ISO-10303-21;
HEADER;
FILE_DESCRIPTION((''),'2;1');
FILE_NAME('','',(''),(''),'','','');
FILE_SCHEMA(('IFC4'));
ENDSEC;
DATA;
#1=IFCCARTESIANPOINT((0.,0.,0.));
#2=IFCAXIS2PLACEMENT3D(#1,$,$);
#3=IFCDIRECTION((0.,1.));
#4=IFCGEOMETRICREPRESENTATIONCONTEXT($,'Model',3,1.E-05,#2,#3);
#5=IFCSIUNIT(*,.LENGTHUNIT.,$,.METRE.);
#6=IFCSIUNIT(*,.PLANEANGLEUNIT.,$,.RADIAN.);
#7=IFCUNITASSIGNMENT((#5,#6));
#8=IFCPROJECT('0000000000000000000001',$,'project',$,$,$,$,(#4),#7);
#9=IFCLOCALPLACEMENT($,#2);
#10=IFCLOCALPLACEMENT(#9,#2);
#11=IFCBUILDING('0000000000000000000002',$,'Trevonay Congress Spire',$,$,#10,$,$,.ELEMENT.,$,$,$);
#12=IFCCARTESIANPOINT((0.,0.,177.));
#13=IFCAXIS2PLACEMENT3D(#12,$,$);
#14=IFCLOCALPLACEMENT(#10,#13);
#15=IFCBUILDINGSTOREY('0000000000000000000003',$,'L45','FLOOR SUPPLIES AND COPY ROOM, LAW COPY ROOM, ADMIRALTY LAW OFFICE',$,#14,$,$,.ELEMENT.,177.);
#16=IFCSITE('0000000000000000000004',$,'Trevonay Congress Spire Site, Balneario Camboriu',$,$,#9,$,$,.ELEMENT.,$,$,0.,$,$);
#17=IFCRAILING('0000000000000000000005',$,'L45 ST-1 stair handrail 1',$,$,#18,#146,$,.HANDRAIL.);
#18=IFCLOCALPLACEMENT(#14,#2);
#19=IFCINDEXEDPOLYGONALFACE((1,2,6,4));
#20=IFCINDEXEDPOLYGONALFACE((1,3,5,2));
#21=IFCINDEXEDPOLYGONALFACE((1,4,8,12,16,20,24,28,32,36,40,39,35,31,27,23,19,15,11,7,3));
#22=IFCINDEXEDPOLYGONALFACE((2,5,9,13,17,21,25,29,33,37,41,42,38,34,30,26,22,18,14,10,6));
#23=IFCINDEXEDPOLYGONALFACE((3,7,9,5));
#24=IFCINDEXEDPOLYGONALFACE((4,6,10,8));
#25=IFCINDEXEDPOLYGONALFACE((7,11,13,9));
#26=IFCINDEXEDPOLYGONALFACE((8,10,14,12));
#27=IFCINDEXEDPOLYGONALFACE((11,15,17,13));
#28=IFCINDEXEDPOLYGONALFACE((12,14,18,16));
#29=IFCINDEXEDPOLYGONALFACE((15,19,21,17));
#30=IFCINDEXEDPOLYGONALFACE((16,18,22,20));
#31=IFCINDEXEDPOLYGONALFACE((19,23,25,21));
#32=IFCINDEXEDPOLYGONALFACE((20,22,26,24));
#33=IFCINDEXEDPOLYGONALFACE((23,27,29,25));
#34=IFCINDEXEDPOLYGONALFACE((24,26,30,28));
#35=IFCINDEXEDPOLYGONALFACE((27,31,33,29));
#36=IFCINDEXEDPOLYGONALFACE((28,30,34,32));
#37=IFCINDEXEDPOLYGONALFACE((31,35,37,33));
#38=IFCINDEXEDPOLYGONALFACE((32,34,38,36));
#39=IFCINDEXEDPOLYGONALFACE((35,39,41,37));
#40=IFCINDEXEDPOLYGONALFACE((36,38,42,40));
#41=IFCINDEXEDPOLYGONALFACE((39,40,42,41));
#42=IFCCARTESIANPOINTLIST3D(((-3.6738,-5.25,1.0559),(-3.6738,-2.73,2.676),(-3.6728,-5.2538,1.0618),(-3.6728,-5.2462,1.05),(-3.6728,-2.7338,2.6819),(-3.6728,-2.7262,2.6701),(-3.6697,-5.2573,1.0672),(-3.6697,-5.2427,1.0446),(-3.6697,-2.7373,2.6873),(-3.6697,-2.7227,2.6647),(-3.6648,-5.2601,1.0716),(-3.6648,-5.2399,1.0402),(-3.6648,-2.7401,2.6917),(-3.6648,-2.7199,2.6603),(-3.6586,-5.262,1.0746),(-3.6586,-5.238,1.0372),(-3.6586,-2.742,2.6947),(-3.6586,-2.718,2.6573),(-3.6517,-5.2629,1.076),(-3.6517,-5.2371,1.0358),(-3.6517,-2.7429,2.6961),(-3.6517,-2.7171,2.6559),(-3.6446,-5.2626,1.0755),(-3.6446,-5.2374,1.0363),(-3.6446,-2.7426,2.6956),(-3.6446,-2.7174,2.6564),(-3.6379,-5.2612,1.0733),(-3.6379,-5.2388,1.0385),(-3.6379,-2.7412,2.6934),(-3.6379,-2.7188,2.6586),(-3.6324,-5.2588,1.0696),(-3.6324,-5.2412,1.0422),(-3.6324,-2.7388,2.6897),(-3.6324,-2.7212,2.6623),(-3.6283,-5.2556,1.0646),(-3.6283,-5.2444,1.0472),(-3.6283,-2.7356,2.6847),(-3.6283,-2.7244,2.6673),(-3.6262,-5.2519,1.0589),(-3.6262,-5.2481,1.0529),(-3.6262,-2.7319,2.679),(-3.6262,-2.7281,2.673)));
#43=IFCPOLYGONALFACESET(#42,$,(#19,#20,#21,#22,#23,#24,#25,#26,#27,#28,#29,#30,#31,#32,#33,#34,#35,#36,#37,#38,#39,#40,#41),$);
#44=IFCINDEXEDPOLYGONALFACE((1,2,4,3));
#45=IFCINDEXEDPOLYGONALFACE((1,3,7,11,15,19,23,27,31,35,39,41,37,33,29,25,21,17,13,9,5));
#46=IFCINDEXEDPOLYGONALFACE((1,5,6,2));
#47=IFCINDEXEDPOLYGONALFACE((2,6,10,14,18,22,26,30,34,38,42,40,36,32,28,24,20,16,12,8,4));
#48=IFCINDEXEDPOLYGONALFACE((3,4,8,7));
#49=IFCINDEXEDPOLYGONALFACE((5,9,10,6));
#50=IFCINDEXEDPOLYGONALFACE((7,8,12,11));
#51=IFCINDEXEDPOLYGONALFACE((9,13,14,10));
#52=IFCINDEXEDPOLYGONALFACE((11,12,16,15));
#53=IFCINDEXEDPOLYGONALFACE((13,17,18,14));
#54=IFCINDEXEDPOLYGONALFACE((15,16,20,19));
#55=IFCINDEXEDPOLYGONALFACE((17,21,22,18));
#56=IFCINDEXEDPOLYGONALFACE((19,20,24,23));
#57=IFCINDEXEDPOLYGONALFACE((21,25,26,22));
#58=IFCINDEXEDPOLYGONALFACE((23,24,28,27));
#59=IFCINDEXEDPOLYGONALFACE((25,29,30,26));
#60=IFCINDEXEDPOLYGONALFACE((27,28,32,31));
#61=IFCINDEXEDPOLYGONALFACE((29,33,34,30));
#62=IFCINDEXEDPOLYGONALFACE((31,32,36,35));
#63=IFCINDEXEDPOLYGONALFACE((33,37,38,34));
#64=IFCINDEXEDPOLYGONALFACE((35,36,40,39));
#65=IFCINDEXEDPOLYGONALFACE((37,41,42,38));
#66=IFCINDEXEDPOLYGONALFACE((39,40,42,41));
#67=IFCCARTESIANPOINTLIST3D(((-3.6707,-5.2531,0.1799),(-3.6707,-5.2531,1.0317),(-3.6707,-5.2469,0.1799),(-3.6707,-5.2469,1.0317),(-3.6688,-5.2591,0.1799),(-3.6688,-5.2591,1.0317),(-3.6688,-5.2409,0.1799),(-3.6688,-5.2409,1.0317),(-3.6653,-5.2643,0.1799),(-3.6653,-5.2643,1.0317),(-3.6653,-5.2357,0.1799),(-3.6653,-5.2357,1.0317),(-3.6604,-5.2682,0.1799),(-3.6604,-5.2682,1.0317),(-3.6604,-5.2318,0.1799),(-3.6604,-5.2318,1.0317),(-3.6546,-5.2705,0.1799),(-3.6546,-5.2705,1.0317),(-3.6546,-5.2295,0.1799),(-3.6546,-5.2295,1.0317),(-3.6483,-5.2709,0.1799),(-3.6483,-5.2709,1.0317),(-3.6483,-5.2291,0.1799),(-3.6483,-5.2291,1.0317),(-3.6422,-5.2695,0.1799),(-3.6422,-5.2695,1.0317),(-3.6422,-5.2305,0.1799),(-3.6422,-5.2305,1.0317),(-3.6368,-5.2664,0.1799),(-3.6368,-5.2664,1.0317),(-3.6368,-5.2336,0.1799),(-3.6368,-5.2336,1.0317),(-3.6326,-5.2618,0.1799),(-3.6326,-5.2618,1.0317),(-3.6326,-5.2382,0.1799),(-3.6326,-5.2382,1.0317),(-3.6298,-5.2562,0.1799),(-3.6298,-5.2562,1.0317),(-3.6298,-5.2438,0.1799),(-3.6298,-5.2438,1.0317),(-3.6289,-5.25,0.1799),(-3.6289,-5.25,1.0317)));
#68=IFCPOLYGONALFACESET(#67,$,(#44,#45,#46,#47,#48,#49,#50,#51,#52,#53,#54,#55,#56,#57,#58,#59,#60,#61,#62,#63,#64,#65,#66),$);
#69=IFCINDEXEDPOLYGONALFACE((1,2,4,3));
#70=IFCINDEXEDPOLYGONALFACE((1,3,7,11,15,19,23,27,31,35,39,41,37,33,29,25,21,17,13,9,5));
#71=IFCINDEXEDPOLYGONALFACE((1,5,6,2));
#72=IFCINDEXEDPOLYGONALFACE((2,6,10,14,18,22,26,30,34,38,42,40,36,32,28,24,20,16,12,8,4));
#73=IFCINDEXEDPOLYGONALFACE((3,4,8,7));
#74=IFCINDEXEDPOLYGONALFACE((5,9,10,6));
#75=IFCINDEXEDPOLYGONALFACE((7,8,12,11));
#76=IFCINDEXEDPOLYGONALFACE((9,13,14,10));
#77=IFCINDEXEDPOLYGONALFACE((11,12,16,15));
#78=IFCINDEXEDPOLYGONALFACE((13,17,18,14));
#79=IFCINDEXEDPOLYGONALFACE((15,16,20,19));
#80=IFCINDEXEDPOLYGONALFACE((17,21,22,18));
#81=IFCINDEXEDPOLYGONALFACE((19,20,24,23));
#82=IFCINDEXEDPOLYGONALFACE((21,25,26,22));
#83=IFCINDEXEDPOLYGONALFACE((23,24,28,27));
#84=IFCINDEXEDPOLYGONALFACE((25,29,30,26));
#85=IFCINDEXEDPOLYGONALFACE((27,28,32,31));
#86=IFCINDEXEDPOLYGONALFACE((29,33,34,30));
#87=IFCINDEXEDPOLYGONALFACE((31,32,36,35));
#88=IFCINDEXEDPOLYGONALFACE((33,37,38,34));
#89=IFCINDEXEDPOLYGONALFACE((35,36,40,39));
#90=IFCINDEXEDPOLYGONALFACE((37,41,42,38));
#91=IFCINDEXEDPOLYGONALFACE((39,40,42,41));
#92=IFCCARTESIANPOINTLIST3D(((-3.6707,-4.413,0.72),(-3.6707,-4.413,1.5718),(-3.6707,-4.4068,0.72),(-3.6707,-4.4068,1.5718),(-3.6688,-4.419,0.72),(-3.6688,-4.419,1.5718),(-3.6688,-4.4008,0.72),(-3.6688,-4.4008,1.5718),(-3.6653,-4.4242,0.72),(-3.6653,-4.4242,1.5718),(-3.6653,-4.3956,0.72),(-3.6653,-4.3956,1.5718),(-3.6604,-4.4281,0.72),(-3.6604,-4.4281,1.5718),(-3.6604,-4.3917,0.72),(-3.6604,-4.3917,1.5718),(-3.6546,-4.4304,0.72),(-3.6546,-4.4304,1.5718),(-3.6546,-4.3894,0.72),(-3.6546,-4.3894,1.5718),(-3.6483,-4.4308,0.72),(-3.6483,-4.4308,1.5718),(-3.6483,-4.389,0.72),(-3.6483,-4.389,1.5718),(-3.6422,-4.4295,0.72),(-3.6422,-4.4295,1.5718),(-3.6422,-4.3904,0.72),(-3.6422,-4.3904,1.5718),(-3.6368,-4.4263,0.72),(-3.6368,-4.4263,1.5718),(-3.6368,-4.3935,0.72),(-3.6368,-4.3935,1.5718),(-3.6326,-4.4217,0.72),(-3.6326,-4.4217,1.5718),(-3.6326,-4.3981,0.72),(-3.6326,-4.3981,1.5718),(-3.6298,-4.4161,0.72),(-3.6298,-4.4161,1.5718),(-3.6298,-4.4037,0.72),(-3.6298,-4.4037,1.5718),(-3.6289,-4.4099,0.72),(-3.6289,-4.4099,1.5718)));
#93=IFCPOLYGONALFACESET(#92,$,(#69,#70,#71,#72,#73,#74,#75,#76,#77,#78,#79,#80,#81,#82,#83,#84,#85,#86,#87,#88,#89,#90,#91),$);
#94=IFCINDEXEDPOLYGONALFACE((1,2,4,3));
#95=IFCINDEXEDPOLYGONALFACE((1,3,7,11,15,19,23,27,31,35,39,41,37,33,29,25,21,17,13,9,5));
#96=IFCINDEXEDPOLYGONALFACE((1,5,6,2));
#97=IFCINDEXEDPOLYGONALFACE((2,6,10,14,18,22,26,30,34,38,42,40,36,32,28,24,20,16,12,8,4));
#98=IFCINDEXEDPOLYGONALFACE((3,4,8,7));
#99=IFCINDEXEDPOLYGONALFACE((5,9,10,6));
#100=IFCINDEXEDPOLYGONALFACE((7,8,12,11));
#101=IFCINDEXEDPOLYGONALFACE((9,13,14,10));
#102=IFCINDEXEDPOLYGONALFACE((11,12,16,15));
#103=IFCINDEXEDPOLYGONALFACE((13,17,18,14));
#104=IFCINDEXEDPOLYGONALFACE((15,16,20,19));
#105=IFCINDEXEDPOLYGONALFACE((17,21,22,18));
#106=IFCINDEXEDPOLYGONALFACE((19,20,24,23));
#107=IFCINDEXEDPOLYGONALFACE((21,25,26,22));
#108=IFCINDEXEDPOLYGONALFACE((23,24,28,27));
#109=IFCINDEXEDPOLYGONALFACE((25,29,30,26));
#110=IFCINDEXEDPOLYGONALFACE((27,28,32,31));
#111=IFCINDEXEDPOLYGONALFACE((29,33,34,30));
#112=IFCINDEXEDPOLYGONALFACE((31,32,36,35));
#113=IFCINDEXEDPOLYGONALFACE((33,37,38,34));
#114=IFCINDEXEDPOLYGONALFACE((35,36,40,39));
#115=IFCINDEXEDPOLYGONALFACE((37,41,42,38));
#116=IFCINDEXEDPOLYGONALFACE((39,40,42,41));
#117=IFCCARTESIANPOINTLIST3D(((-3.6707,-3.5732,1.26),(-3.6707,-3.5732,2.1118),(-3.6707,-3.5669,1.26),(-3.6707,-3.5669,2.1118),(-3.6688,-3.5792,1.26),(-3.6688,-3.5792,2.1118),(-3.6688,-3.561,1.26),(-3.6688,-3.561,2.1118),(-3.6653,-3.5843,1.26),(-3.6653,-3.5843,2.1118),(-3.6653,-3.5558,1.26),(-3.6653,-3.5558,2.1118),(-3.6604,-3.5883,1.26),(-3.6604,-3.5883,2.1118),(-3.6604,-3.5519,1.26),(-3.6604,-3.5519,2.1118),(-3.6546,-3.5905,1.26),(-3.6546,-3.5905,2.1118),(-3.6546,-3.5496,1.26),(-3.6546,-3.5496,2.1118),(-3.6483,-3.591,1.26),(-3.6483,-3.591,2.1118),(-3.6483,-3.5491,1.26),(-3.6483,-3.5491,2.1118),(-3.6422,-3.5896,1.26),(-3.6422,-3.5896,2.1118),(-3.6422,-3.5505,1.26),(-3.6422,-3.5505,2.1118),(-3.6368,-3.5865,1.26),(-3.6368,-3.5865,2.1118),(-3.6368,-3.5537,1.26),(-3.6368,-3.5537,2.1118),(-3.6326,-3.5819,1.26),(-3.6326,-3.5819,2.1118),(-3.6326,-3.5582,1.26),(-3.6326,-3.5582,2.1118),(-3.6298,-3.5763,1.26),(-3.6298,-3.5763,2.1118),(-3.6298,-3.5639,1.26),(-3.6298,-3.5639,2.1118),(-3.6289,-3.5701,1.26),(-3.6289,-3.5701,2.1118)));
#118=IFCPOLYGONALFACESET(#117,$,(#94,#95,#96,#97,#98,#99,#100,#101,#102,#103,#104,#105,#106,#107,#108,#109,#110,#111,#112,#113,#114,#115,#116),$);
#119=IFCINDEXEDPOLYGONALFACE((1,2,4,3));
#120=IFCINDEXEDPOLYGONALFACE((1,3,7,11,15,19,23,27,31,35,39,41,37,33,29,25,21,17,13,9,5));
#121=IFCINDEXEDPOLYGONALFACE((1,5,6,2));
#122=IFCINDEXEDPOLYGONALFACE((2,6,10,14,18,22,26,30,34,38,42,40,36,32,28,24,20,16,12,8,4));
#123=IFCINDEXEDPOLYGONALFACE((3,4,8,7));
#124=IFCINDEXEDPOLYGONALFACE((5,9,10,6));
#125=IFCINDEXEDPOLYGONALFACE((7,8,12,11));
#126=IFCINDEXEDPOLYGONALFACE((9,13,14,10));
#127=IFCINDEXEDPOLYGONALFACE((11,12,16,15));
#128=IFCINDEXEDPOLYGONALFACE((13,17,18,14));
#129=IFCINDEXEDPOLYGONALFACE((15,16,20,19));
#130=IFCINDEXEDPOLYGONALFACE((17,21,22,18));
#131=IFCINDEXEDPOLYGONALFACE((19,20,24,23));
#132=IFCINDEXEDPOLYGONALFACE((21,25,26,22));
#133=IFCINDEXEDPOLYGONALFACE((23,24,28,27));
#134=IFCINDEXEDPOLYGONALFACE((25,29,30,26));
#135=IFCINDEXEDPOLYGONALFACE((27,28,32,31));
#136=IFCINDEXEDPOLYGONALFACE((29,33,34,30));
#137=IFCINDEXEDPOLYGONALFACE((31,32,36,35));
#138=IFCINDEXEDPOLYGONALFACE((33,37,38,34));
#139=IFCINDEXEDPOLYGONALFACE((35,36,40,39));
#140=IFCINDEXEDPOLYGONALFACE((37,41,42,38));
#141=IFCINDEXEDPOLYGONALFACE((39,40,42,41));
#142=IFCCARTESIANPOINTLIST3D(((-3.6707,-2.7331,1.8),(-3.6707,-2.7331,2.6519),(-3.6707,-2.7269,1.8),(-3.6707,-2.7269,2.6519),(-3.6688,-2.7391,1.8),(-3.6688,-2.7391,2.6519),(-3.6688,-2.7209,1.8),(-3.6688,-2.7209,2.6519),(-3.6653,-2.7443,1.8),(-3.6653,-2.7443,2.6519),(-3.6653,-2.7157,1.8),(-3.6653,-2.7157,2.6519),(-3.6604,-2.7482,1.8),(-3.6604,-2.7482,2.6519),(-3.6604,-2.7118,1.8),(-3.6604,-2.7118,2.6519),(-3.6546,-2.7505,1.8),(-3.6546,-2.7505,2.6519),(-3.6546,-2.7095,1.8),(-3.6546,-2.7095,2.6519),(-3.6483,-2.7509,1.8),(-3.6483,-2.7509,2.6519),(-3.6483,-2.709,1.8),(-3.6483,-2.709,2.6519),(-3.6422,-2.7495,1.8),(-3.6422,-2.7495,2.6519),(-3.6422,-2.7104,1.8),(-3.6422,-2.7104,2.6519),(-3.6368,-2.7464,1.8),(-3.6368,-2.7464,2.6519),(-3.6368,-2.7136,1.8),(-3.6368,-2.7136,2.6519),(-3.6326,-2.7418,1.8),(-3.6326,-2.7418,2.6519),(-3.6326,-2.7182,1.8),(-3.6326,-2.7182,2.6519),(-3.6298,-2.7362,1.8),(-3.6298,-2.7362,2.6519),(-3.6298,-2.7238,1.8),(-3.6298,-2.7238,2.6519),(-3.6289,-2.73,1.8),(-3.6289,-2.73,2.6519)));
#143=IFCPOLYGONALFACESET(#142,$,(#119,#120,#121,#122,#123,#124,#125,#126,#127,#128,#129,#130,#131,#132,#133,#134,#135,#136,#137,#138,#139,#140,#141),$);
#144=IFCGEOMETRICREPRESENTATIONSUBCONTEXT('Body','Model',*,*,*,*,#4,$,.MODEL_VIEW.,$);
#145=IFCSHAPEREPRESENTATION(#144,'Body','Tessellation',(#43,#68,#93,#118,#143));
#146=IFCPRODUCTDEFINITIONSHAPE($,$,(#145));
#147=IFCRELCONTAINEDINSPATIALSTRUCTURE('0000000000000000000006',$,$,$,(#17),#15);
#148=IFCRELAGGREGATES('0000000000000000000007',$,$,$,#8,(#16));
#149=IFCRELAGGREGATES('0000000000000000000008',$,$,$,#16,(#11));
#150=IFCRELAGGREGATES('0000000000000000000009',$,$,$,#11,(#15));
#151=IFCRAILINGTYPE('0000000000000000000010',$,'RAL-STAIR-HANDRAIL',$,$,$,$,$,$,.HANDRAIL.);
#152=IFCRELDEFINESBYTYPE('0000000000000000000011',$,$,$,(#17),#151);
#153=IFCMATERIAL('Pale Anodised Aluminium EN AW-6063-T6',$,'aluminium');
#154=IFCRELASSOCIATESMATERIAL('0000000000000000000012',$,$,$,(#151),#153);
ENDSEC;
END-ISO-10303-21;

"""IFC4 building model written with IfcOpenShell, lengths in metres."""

from ifc_helpers import new_model, si_unit, direction, frame, origin, origin_2d, place, context, subcontext, project, spatial, circle, extrude, material, type_object, element, save


model = new_model("IFC4")

# Units and contexts
model_context = context("Model", 3, precision=1e-05, world=origin(), true_north=direction((0.0, 1.0)))
body_context = subcontext(model_context, "Body", "Model", "MODEL_VIEW")
ifc_project = project(units=[si_unit("LENGTHUNIT", "METRE"), si_unit("PLANEANGLEUNIT", "RADIAN")], contexts=[model_context])

# Site, building, storey
site_placement = place(None, origin())
site = spatial("IfcSite", under=ifc_project, at=site_placement, Name="Trevonay Congress Spire Site, Balneario Camboriu", CompositionType="ELEMENT", RefElevation=0.0)
building_placement = place(site_placement, origin())
building = spatial("IfcBuilding", under=site, at=building_placement, Name="Trevonay Congress Spire", CompositionType="ELEMENT")
storey_placement = place(building_placement, frame((0.0, 0.0, 177.0)))
storey = spatial("IfcBuildingStorey", under=building, at=storey_placement, Name="L45", Description="FLOOR SUPPLIES AND COPY ROOM, LAW COPY ROOM, ADMIRALTY LAW OFFICE", CompositionType="ELEMENT", Elevation=177.0)

# Railing
ifc_material_1 = material(Name="Pale Anodised Aluminium EN AW-6063-T6", Category="aluminium")
railing_type_1 = type_object("IfcRailingType", Name="RAL-STAIR-HANDRAIL", PredefinedType="HANDRAIL", material=ifc_material_1)
railing_1_placement = place(storey_placement, frame((-3.6499, -5.25, 0.1799)))
element("IfcRailing", 1, at=railing_1_placement, inside=storey, type_object=railing_type_1, Name="L45 ST-1 stair handrail 1", PredefinedType="HANDRAIL", context=body_context, shape_type="SweptSolid", body=[
    extrude(circle(Radius=0.0239, at=origin_2d()), frame((0.0, 0.0, 0.876), z_axis=(0.0, 0.841163, 0.540782), x_axis=(-1.0, 0.0, 0.0)), (0.0, 0.0, 1.0), 2.9958),
    extrude(circle(Radius=0.021, at=origin_2d()), origin(), (0.0, 0.0, 1.0), 0.8518),
    extrude(circle(Radius=0.021, at=origin_2d()), frame((0.0, 0.8401, 0.54)), (0.0, 0.0, 1.0), 0.8518),
    extrude(circle(Radius=0.021, at=origin_2d()), frame((0.0, 1.6799, 1.0801)), (0.0, 0.0, 1.0), 0.8518),
    extrude(circle(Radius=0.021, at=origin_2d()), frame((0.0, 2.52, 1.6201)), (0.0, 0.0, 1.0), 0.8518),
])

save(model, "model.ifc")
